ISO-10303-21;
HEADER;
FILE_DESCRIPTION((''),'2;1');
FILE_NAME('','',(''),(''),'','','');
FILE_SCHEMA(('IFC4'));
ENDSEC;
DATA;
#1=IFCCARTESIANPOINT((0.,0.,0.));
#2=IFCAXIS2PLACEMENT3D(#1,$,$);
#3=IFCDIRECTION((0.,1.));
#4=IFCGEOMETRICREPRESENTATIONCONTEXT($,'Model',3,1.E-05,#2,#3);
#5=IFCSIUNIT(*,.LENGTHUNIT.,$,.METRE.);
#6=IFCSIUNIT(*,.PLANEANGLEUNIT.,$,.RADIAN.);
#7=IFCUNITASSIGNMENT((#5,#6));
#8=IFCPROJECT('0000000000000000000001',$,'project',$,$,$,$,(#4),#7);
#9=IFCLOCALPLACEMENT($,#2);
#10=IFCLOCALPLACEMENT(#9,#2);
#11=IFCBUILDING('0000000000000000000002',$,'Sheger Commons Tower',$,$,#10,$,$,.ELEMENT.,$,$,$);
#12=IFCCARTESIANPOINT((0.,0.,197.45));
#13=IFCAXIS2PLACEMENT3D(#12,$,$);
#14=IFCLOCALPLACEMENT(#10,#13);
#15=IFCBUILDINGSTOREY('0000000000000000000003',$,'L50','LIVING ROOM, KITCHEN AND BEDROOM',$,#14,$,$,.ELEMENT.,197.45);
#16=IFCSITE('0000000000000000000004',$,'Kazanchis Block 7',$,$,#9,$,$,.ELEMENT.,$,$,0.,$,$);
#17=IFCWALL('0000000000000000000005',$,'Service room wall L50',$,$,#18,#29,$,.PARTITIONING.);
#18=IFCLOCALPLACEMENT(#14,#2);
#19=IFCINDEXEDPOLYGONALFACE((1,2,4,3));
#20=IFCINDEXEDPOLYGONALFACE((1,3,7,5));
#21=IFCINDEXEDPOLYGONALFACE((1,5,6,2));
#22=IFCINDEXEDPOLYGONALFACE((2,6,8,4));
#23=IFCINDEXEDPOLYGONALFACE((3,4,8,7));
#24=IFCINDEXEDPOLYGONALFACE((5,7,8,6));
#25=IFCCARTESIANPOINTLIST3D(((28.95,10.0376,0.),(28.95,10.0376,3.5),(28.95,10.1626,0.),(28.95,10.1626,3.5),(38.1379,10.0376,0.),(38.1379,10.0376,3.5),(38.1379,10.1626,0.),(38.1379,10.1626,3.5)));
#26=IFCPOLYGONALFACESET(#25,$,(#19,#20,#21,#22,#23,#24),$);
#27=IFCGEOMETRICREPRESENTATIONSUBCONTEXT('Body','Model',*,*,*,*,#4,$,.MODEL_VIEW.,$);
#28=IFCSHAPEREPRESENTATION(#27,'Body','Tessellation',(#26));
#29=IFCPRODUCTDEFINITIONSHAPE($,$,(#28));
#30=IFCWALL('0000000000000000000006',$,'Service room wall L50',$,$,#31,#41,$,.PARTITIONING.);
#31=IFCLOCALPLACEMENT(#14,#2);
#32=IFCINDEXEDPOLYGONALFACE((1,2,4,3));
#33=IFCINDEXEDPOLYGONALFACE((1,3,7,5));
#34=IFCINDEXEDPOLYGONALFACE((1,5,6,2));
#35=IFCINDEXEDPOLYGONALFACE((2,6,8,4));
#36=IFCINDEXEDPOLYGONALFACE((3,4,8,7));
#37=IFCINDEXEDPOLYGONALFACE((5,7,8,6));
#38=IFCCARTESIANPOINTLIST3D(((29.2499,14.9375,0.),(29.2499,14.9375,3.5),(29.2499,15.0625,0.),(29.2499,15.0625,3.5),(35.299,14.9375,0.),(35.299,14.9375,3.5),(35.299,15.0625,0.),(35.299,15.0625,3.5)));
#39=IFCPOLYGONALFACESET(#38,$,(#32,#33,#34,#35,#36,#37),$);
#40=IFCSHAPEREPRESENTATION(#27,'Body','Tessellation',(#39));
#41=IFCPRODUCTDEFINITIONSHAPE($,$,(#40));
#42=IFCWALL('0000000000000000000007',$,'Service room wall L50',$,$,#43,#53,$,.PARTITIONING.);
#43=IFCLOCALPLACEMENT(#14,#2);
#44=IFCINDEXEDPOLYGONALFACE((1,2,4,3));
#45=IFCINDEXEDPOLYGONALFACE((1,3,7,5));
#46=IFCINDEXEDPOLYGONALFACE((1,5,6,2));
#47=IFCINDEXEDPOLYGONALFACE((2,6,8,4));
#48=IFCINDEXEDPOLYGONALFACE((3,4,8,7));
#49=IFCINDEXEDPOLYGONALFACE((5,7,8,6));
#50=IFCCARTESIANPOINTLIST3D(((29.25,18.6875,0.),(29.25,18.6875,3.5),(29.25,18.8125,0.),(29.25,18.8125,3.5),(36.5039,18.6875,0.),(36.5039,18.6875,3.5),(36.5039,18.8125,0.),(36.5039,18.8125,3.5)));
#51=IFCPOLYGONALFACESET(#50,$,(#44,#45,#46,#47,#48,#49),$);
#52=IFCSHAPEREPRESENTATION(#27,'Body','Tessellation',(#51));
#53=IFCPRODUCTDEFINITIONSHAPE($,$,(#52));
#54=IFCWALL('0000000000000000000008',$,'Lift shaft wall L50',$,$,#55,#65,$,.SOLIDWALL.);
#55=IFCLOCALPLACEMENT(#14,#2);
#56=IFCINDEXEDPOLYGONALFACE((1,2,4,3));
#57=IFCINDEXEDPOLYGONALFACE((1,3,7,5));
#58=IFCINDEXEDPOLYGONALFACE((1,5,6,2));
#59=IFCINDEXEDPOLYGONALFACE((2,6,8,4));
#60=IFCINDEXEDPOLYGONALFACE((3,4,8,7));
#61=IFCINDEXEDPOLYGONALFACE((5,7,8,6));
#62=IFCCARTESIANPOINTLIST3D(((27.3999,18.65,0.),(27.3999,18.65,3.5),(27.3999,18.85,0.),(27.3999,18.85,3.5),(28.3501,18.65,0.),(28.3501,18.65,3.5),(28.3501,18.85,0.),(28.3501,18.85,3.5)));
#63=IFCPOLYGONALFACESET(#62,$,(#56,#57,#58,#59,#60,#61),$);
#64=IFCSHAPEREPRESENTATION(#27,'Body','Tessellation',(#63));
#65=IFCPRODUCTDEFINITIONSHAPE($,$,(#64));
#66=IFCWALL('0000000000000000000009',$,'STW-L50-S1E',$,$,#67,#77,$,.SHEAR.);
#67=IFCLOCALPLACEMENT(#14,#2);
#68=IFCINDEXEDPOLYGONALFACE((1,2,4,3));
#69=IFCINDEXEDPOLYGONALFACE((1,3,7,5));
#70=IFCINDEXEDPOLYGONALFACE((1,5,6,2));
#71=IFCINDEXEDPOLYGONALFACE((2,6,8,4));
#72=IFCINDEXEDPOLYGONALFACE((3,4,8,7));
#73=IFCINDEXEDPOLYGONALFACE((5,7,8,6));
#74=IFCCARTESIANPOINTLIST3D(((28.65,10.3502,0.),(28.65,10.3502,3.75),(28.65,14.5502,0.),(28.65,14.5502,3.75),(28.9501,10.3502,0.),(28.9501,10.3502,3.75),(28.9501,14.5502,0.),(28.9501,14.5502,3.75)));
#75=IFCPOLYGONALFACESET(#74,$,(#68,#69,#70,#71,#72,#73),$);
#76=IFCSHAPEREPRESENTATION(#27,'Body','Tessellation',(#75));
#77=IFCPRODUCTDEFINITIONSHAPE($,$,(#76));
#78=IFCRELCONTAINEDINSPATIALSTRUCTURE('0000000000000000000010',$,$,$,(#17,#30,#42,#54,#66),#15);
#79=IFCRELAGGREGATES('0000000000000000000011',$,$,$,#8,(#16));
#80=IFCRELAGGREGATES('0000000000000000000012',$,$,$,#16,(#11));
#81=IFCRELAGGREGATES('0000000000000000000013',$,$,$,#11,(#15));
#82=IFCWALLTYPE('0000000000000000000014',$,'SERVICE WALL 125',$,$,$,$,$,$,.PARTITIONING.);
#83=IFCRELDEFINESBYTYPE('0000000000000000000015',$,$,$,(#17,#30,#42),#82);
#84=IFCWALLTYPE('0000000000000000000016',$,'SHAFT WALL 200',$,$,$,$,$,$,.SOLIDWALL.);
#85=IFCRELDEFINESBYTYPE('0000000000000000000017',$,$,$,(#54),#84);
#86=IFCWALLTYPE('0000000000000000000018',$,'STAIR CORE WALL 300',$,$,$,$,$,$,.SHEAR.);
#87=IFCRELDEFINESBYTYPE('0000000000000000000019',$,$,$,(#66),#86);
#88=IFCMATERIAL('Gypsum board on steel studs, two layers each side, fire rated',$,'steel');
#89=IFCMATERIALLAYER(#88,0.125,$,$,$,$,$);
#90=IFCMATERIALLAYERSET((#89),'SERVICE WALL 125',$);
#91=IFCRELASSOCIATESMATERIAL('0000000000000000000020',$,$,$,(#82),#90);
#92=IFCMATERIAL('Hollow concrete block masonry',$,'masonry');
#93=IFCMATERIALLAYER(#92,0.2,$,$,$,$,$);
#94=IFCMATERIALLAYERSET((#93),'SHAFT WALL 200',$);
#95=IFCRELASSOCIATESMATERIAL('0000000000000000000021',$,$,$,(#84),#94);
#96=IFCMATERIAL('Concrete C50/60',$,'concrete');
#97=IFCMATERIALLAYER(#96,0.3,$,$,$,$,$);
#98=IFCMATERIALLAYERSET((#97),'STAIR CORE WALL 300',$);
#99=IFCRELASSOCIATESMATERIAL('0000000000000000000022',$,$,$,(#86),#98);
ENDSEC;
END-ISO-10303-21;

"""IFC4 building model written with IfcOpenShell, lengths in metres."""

from ifc_helpers import new_model, si_unit, direction, frame, frame_2d, origin, place, context, subcontext, project, spatial, rectangle, extrude, material, layer, layer_set, type_object, element, save


model = new_model("IFC4")

# Units and contexts
model_context = context("Model", 3, precision=1e-05, world=origin(), true_north=direction((0.0, 1.0)))
body_context = subcontext(model_context, "Body", "Model", "MODEL_VIEW")
ifc_project = project(units=[si_unit("LENGTHUNIT", "METRE"), si_unit("PLANEANGLEUNIT", "RADIAN")], contexts=[model_context])

# Site, building, storey
site_placement = place(None, origin())
site = spatial("IfcSite", under=ifc_project, at=site_placement, Name="Kazanchis Block 7", CompositionType="ELEMENT", RefElevation=0.0)
building_placement = place(site_placement, origin())
building = spatial("IfcBuilding", under=site, at=building_placement, Name="Sheger Commons Tower", CompositionType="ELEMENT")
storey_placement = place(building_placement, frame((0.0, 0.0, 197.45)))
storey = spatial("IfcBuildingStorey", under=building, at=storey_placement, Name="L50", Description="LIVING ROOM, KITCHEN AND BEDROOM", CompositionType="ELEMENT", Elevation=197.45)

# Walls
ifc_material_1 = material(Name="Gypsum board on steel studs, two layers each side, fire rated", Category="steel")
ifc_layer_1 = layer(ifc_material_1, 0.125)
ifc_layer_set_1 = layer_set([ifc_layer_1], Name="SERVICE WALL 125")
wall_type_1 = type_object("IfcWallType", Name="SERVICE WALL 125", PredefinedType="PARTITIONING", material=ifc_layer_set_1)
wall_1_placement = place(storey_placement, frame((28.95, 10.1001, 0.0), z_axis=(0.0, 0.0, 1.0), x_axis=(1.0, 0.0, 0.0)))
element("IfcWall", 1, at=wall_1_placement, inside=storey, type_object=wall_type_1, Name="Service room wall L50", PredefinedType="PARTITIONING", context=body_context, shape_type="SweptSolid", body=[
    extrude(rectangle(XDim=9.188, YDim=0.125, at=frame_2d((4.594, 0.0))), origin(), (0.0, 0.0, 1.0), 3.5),
])
wall_2_placement = place(storey_placement, frame((29.25, 15.0, 0.0), z_axis=(0.0, 0.0, 1.0), x_axis=(1.0, 0.0, 0.0)))
element("IfcWall", 2, at=wall_2_placement, inside=storey, type_object=wall_type_1, Name="Service room wall L50", PredefinedType="PARTITIONING", context=body_context, shape_type="SweptSolid", body=[
    extrude(rectangle(XDim=6.0491, YDim=0.125, at=frame_2d((3.0244, 0.0))), origin(), (0.0, 0.0, 1.0), 3.5),
])
wall_3_placement = place(storey_placement, frame((29.25, 18.75, 0.0), z_axis=(0.0, 0.0, 1.0), x_axis=(1.0, 0.0, 0.0)))
element("IfcWall", 3, at=wall_3_placement, inside=storey, type_object=wall_type_1, Name="Service room wall L50", PredefinedType="PARTITIONING", context=body_context, shape_type="SweptSolid", body=[
    extrude(rectangle(XDim=7.2539, YDim=0.125, at=frame_2d((3.627, 0.0))), origin(), (0.0, 0.0, 1.0), 3.5),
])
ifc_material_2 = material(Name="Hollow concrete block masonry", Category="masonry")
ifc_layer_2 = layer(ifc_material_2, 0.2)
ifc_layer_set_2 = layer_set([ifc_layer_2], Name="SHAFT WALL 200")
wall_type_2 = type_object("IfcWallType", Name="SHAFT WALL 200", PredefinedType="SOLIDWALL", material=ifc_layer_set_2)
wall_4_placement = place(storey_placement, frame((27.3999, 18.75, 0.0), z_axis=(0.0, 0.0, 1.0), x_axis=(1.0, 0.0, 0.0)))
element("IfcWall", 4, at=wall_4_placement, inside=storey, type_object=wall_type_2, Name="Lift shaft wall L50", PredefinedType="SOLIDWALL", context=body_context, shape_type="SweptSolid", body=[
    extrude(rectangle(XDim=0.9502, YDim=0.2, at=frame_2d((0.4751, 0.0))), origin(), (0.0, 0.0, 1.0), 3.5),
])
ifc_material_3 = material(Name="Concrete C50/60", Category="concrete")
ifc_layer_3 = layer(ifc_material_3, 0.3)
ifc_layer_set_3 = layer_set([ifc_layer_3], Name="STAIR CORE WALL 300")
wall_type_3 = type_object("IfcWallType", Name="STAIR CORE WALL 300", PredefinedType="SHEAR", material=ifc_layer_set_3)
wall_5_placement = place(storey_placement, frame((28.8, 10.3501, 0.0), z_axis=(0.0, 0.0, 1.0), x_axis=(0.0, 1.0, 0.0)))
element("IfcWall", 5, at=wall_5_placement, inside=storey, type_object=wall_type_3, Name="STW-L50-S1E", PredefinedType="SHEAR", context=body_context, shape_type="SweptSolid", body=[
    extrude(rectangle(XDim=4.2, YDim=0.3, at=frame_2d((2.1001, 0.0))), origin(), (0.0, 0.0, 1.0), 3.75),
])

save(model, "model.ifc")
